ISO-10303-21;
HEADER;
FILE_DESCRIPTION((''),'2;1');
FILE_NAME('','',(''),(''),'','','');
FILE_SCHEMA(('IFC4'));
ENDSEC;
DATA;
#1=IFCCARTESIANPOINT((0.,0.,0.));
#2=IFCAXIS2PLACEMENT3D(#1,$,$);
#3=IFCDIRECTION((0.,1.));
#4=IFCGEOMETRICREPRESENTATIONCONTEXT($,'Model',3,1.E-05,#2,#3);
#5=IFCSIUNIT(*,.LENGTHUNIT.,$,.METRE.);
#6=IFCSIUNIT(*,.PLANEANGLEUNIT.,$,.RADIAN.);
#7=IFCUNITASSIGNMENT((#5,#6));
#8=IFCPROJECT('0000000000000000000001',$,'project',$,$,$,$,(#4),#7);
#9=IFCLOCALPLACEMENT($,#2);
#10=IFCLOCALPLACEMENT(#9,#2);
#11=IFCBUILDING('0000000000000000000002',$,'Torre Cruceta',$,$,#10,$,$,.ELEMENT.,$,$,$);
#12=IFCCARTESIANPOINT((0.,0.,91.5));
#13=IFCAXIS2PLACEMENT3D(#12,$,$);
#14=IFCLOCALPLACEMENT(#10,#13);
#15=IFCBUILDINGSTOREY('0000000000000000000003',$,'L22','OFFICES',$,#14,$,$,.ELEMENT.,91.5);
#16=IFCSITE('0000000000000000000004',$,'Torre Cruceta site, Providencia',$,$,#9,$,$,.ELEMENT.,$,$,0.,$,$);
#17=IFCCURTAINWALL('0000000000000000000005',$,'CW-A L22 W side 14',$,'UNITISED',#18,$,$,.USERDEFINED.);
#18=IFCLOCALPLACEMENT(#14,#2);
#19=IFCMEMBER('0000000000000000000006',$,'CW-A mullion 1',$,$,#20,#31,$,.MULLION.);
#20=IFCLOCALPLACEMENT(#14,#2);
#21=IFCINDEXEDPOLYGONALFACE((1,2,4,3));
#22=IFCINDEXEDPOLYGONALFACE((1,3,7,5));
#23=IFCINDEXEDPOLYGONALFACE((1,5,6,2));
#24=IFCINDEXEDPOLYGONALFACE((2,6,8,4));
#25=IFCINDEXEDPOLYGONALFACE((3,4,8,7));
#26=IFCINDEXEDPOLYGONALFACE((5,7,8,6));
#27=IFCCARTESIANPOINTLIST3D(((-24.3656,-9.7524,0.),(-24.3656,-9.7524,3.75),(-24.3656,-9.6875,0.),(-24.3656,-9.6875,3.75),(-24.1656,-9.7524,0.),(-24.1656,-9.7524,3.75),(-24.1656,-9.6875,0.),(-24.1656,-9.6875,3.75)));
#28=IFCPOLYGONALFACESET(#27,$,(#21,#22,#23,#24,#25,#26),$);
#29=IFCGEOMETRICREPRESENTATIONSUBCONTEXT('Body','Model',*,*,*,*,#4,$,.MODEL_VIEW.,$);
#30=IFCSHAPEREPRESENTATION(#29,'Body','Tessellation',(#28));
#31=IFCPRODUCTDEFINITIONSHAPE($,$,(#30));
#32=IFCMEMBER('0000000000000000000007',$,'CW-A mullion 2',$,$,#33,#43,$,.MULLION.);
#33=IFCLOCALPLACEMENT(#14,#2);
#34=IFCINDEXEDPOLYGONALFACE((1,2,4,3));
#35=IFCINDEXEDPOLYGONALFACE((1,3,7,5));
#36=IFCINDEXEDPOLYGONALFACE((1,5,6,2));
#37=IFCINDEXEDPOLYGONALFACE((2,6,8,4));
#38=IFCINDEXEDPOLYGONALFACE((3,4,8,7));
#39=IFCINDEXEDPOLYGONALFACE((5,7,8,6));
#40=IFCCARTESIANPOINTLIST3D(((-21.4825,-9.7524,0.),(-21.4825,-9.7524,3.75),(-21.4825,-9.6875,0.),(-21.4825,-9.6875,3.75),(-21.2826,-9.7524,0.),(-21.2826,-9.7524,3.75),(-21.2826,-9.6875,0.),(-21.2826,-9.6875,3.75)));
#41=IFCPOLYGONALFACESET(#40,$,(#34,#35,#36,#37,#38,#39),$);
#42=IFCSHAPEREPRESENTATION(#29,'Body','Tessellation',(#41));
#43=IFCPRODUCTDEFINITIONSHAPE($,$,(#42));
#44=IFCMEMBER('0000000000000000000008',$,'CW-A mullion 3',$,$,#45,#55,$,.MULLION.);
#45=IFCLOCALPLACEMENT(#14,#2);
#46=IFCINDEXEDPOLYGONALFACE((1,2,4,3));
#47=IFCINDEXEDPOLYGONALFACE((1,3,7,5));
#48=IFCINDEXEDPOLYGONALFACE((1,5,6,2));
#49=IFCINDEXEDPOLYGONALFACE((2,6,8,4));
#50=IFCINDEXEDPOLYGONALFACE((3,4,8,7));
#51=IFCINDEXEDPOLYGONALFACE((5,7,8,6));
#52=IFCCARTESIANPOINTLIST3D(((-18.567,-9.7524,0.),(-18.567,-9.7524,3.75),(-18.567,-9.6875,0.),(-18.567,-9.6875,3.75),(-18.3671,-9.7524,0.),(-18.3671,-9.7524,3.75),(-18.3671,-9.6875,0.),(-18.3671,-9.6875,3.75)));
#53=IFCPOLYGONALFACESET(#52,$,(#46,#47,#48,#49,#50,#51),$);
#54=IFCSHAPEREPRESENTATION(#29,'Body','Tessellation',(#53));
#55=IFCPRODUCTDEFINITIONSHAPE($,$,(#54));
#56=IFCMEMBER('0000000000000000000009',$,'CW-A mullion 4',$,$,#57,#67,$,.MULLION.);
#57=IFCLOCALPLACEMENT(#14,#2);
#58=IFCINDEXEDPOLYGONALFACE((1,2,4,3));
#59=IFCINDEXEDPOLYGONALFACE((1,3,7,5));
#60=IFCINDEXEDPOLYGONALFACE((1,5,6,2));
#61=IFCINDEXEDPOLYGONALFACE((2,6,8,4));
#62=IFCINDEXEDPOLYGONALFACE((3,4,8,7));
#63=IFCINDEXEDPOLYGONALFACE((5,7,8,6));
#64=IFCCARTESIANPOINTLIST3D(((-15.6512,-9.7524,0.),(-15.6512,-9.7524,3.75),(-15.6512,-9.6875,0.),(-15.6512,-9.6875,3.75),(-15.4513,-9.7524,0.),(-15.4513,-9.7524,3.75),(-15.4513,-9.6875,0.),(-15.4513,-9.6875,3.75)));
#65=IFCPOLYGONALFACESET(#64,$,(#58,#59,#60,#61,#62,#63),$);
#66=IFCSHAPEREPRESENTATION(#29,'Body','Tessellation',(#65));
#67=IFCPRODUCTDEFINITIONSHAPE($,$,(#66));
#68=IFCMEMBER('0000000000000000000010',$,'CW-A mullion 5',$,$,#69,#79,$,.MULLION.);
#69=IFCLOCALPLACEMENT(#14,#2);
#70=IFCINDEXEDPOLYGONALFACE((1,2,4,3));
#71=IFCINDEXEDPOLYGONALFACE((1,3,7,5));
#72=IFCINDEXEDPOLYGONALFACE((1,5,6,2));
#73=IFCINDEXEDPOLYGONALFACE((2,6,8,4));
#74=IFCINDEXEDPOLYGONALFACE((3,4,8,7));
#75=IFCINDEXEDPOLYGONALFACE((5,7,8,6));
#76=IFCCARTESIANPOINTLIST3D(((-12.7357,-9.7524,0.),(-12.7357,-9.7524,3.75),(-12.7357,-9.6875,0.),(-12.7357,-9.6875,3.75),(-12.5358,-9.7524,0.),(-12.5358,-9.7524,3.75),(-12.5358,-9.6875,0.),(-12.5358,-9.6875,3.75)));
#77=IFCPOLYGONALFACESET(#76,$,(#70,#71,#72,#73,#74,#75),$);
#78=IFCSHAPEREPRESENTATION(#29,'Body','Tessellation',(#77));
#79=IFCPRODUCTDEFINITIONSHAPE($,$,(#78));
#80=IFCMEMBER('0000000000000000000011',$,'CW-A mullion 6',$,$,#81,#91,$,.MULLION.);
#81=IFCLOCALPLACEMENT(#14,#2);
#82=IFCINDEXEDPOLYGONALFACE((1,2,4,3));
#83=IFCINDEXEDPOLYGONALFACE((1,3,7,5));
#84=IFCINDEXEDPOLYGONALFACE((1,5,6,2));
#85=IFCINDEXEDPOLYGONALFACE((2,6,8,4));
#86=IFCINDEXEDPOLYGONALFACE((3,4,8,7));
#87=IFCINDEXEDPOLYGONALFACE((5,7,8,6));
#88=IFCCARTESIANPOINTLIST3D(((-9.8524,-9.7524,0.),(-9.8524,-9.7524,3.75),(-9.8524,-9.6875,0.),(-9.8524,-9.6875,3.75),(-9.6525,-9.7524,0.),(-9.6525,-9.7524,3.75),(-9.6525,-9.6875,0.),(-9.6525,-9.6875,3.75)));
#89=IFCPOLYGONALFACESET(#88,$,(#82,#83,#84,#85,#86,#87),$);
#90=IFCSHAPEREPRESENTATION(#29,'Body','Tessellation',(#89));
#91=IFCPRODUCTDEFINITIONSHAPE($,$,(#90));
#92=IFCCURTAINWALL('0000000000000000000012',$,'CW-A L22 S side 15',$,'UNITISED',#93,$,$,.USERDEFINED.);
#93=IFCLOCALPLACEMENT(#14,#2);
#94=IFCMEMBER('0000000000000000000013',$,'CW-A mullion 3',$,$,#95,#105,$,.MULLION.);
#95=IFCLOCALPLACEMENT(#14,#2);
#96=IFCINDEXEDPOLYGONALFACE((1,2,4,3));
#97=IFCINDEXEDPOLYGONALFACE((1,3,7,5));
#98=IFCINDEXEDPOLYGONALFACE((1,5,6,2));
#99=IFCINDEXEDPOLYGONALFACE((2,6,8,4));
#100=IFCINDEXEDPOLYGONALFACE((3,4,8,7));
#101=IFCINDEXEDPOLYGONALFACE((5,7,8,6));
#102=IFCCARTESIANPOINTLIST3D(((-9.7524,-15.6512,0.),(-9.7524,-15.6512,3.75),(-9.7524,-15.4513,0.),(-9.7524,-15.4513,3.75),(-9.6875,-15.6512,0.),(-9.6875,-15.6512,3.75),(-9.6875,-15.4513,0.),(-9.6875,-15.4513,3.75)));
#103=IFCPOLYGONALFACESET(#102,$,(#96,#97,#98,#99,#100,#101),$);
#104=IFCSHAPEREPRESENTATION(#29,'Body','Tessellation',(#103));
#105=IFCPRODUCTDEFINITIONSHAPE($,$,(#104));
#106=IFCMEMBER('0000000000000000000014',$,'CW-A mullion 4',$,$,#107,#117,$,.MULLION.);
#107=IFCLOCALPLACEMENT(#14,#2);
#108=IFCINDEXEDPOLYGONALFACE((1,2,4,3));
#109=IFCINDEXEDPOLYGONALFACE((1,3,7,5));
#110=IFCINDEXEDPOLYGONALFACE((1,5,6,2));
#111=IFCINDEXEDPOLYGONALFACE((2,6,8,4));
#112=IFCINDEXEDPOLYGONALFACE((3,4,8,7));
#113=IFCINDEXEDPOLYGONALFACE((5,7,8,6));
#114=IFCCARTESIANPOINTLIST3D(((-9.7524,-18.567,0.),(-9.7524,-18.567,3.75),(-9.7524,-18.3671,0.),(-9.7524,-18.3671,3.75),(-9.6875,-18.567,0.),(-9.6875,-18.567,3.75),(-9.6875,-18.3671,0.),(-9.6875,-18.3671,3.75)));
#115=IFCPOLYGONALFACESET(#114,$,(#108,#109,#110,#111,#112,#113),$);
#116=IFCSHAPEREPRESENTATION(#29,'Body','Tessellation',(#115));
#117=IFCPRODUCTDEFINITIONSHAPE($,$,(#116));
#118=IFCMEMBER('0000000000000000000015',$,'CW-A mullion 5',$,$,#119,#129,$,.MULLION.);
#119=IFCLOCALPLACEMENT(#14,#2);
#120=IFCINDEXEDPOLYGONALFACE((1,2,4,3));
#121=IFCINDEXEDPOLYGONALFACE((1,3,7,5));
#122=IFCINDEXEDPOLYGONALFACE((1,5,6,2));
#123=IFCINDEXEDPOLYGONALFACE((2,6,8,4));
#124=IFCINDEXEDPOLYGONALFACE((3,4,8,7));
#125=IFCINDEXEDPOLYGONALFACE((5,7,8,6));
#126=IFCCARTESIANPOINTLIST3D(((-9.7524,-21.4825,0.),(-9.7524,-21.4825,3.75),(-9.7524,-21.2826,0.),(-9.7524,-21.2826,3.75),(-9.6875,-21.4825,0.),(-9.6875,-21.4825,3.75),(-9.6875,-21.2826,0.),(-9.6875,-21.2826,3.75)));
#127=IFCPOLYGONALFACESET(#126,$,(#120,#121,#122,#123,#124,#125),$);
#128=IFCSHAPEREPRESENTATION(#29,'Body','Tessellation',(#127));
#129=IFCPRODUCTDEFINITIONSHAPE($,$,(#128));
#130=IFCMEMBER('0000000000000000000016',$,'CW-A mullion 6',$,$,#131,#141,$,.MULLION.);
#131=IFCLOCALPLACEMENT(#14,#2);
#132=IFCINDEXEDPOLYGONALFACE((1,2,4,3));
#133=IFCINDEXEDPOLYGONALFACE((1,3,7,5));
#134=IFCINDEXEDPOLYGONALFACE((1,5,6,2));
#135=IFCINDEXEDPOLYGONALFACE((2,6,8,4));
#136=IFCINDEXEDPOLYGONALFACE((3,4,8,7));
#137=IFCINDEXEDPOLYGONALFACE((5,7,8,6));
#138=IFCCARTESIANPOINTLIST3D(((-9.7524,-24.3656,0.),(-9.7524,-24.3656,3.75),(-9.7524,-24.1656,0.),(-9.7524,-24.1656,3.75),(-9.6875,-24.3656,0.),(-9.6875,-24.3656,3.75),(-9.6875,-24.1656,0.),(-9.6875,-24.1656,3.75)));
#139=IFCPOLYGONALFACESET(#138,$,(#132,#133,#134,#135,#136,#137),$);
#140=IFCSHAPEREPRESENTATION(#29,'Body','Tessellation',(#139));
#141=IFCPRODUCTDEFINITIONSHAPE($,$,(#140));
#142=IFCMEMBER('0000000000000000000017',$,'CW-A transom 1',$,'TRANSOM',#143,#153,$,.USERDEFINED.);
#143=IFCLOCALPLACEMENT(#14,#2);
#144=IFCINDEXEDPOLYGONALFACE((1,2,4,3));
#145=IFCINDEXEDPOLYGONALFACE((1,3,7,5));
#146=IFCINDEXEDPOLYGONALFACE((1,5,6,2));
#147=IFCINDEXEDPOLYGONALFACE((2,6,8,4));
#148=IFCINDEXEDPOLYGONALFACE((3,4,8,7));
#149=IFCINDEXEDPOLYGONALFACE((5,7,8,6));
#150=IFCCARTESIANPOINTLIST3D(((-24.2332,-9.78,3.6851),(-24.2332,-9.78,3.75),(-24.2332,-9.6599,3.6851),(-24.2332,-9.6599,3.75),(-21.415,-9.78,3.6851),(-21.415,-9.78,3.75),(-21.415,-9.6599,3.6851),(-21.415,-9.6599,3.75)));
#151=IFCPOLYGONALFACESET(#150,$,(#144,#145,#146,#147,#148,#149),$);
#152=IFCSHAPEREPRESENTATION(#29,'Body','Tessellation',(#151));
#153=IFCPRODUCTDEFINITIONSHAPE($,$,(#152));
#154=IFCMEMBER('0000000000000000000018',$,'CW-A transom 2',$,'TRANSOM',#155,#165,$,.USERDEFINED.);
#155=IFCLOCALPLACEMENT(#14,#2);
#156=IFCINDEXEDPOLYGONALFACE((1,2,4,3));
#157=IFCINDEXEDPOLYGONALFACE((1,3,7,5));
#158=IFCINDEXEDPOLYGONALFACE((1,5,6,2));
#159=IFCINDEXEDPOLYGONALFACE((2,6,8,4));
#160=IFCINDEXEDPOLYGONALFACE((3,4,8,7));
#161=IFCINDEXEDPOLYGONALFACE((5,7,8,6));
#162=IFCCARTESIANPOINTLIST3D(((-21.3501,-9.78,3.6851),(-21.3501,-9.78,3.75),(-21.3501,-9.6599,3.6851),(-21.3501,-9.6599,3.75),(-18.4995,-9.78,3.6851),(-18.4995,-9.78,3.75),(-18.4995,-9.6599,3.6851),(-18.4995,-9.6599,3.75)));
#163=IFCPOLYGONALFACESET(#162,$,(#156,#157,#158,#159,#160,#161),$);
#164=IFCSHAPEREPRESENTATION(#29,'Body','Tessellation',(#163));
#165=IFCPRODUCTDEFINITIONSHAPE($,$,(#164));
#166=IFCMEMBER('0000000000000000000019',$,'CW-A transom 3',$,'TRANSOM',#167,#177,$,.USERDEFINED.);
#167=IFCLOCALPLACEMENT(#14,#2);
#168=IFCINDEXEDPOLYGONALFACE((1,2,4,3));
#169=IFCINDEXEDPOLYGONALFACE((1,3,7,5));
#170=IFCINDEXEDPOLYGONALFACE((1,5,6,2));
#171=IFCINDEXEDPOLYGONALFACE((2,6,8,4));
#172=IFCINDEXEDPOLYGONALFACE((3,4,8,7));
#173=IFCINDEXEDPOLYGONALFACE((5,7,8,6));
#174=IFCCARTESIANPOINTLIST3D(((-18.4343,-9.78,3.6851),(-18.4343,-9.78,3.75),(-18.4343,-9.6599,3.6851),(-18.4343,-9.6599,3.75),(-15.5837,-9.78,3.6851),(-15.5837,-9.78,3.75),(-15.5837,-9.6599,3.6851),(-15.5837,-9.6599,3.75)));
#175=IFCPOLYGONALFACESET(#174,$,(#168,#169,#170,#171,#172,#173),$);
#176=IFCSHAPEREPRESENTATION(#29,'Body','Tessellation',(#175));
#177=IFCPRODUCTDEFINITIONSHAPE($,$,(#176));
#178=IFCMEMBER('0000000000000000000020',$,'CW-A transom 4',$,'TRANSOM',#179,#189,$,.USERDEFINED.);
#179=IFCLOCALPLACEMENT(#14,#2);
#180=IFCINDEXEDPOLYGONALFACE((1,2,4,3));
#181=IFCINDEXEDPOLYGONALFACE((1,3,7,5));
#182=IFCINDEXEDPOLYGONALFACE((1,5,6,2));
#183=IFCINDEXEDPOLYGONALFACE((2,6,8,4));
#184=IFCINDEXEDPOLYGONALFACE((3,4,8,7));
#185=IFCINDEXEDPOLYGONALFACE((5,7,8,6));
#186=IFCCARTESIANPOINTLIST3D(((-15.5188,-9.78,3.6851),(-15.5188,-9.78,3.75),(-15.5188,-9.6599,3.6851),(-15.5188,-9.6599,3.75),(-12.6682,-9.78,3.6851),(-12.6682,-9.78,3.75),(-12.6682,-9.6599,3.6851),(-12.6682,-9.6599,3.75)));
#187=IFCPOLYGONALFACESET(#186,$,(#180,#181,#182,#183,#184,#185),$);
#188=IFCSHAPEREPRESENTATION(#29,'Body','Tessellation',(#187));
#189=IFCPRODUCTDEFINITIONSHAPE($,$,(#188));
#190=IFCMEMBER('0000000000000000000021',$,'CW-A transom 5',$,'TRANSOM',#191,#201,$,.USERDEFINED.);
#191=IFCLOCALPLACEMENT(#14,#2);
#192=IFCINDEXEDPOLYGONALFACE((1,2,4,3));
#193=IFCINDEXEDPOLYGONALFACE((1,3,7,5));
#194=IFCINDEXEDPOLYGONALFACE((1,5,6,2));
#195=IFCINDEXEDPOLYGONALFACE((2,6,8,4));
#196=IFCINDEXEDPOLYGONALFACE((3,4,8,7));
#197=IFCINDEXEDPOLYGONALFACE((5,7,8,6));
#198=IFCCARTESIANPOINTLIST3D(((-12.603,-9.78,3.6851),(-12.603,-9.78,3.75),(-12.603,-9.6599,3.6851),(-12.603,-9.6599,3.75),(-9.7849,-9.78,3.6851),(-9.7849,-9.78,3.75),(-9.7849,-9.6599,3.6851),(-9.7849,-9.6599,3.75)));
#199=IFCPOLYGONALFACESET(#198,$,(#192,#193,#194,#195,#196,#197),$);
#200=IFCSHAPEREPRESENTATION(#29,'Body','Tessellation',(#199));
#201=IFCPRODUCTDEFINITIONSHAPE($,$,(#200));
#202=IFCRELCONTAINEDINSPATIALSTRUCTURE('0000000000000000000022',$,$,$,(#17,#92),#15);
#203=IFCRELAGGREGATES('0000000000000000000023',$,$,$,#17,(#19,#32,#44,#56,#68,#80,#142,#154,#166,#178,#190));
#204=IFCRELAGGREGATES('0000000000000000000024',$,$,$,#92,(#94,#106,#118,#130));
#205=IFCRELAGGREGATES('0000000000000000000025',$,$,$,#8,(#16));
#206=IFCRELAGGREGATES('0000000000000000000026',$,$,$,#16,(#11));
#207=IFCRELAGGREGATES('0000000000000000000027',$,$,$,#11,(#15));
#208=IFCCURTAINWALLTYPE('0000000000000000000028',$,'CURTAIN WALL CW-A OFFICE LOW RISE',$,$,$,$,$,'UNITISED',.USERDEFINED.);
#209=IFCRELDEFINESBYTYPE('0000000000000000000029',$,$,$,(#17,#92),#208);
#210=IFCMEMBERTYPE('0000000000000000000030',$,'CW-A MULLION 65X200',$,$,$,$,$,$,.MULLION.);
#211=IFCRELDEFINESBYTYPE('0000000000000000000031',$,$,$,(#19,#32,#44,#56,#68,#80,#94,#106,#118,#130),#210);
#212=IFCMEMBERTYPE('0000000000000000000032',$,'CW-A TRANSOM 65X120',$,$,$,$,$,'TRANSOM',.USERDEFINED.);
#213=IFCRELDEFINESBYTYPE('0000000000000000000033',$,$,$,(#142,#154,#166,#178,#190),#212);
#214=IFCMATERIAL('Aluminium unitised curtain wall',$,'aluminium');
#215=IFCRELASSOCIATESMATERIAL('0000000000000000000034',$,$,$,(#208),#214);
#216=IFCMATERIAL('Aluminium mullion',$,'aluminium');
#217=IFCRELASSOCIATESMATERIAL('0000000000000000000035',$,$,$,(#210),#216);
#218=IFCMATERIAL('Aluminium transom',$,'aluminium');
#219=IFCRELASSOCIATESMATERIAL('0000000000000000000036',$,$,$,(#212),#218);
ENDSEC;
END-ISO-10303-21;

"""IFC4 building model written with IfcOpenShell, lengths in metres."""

from ifc_helpers import new_model, si_unit, direction, frame, origin, origin_2d, place, context, subcontext, project, spatial, rectangle, extrude, material, material_profile, profile_set, type_object, element, aggregate, save


model = new_model("IFC4")

# Units and contexts
model_context = context("Model", 3, precision=1e-05, world=origin(), true_north=direction((0.0, 1.0)))
body_context = subcontext(model_context, "Body", "Model", "MODEL_VIEW")
ifc_project = project(units=[si_unit("LENGTHUNIT", "METRE"), si_unit("PLANEANGLEUNIT", "RADIAN")], contexts=[model_context])

# Site, building, storey
site_placement = place(None, origin())
site = spatial("IfcSite", under=ifc_project, at=site_placement, Name="Torre Cruceta site, Providencia", CompositionType="ELEMENT", RefElevation=0.0)
building_placement = place(site_placement, origin())
building = spatial("IfcBuilding", under=site, at=building_placement, Name="Torre Cruceta", CompositionType="ELEMENT")
storey_placement = place(building_placement, frame((0.0, 0.0, 91.5)))
storey = spatial("IfcBuildingStorey", under=building, at=storey_placement, Name="L22", Description="OFFICES", CompositionType="ELEMENT", Elevation=91.5)

# Curtain walls, members
ifc_material_1 = material(Name="Aluminium unitised curtain wall", Category="aluminium")
curtain_wall_type = type_object("IfcCurtainWallType", Name="CURTAIN WALL CW-A OFFICE LOW RISE", ElementType="UNITISED", PredefinedType="USERDEFINED", material=ifc_material_1)
curtain_wall_1_placement = place(storey_placement, origin())
curtain_wall_1 = element("IfcCurtainWall", 1, at=curtain_wall_1_placement, inside=storey, type_object=curtain_wall_type, Name="CW-A L22 W side 14", ObjectType="UNITISED", PredefinedType="USERDEFINED")
ifc_material_2 = material(Name="Aluminium mullion", Category="aluminium")
ifc_material_profile_1 = material_profile(ifc_material_2, rectangle(XDim=0.0649, YDim=0.2, at=origin_2d()), Name="AL 65X200")
ifc_profile_set_1 = profile_set([ifc_material_profile_1], Name="Aluminium mullion")
member_type_1 = type_object("IfcMemberType", Name="CW-A MULLION 65X200", PredefinedType="MULLION", material=ifc_profile_set_1)
member_1_placement = place(storey_placement, frame((-24.2656, -9.72, 0.0), z_axis=(0.0, 0.0, 1.0), x_axis=(0.0, 1.0, 0.0)))
member_1 = element("IfcMember", 2, at=member_1_placement, type_object=member_type_1, Name="CW-A mullion 1", PredefinedType="MULLION", context=body_context, shape_type="SweptSolid", body=[
    extrude(rectangle(XDim=0.0649, YDim=0.2, at=origin_2d()), origin(), (0.0, 0.0, 1.0), 3.75),
])
member_2_placement = place(storey_placement, frame((-21.3826, -9.72, 0.0), z_axis=(0.0, 0.0, 1.0), x_axis=(0.0, 1.0, 0.0)))
member_2 = element("IfcMember", 3, at=member_2_placement, type_object=member_type_1, Name="CW-A mullion 2", PredefinedType="MULLION", context=body_context, shape_type="SweptSolid", body=[
    extrude(rectangle(XDim=0.0649, YDim=0.2, at=origin_2d()), origin(), (0.0, 0.0, 1.0), 3.75),
])
member_3_placement = place(storey_placement, frame((-18.467, -9.72, 0.0), z_axis=(0.0, 0.0, 1.0), x_axis=(0.0, 1.0, 0.0)))
member_3 = element("IfcMember", 4, at=member_3_placement, type_object=member_type_1, Name="CW-A mullion 3", PredefinedType="MULLION", context=body_context, shape_type="SweptSolid", body=[
    extrude(rectangle(XDim=0.0649, YDim=0.2, at=origin_2d()), origin(), (0.0, 0.0, 1.0), 3.75),
])
member_4_placement = place(storey_placement, frame((-15.5513, -9.72, 0.0), z_axis=(0.0, 0.0, 1.0), x_axis=(0.0, 1.0, 0.0)))
member_4 = element("IfcMember", 5, at=member_4_placement, type_object=member_type_1, Name="CW-A mullion 4", PredefinedType="MULLION", context=body_context, shape_type="SweptSolid", body=[
    extrude(rectangle(XDim=0.0649, YDim=0.2, at=origin_2d()), origin(), (0.0, 0.0, 1.0), 3.75),
])
member_5_placement = place(storey_placement, frame((-12.6357, -9.72, 0.0), z_axis=(0.0, 0.0, 1.0), x_axis=(0.0, 1.0, 0.0)))
member_5 = element("IfcMember", 6, at=member_5_placement, type_object=member_type_1, Name="CW-A mullion 5", PredefinedType="MULLION", context=body_context, shape_type="SweptSolid", body=[
    extrude(rectangle(XDim=0.0649, YDim=0.2, at=origin_2d()), origin(), (0.0, 0.0, 1.0), 3.75),
])
member_6_placement = place(storey_placement, frame((-9.7524, -9.72, 0.0), z_axis=(0.0, 0.0, 1.0), x_axis=(0.0, 1.0, 0.0)))
member_6 = element("IfcMember", 7, at=member_6_placement, type_object=member_type_1, Name="CW-A mullion 6", PredefinedType="MULLION", context=body_context, shape_type="SweptSolid", body=[
    extrude(rectangle(XDim=0.0649, YDim=0.2, at=origin_2d()), origin(), (0.0, 0.0, 1.0), 3.75),
])
curtain_wall_2_placement = place(storey_placement, origin())
curtain_wall_2 = element("IfcCurtainWall", 8, at=curtain_wall_2_placement, inside=storey, type_object=curtain_wall_type, Name="CW-A L22 S side 15", ObjectType="UNITISED", PredefinedType="USERDEFINED")
member_7_placement = place(storey_placement, frame((-9.72, -15.5513, 0.0), z_axis=(0.0, 0.0, 1.0), x_axis=(1.0, 0.0, 0.0)))
member_7 = element("IfcMember", 9, at=member_7_placement, type_object=member_type_1, Name="CW-A mullion 3", PredefinedType="MULLION", context=body_context, shape_type="SweptSolid", body=[
    extrude(rectangle(XDim=0.0649, YDim=0.2, at=origin_2d()), origin(), (0.0, 0.0, 1.0), 3.75),
])
member_8_placement = place(storey_placement, frame((-9.72, -18.467, 0.0), z_axis=(0.0, 0.0, 1.0), x_axis=(1.0, 0.0, 0.0)))
member_8 = element("IfcMember", 10, at=member_8_placement, type_object=member_type_1, Name="CW-A mullion 4", PredefinedType="MULLION", context=body_context, shape_type="SweptSolid", body=[
    extrude(rectangle(XDim=0.0649, YDim=0.2, at=origin_2d()), origin(), (0.0, 0.0, 1.0), 3.75),
])
member_9_placement = place(storey_placement, frame((-9.72, -21.3826, 0.0), z_axis=(0.0, 0.0, 1.0), x_axis=(1.0, 0.0, 0.0)))
member_9 = element("IfcMember", 11, at=member_9_placement, type_object=member_type_1, Name="CW-A mullion 5", PredefinedType="MULLION", context=body_context, shape_type="SweptSolid", body=[
    extrude(rectangle(XDim=0.0649, YDim=0.2, at=origin_2d()), origin(), (0.0, 0.0, 1.0), 3.75),
])
member_10_placement = place(storey_placement, frame((-9.72, -24.2656, 0.0), z_axis=(0.0, 0.0, 1.0), x_axis=(1.0, 0.0, 0.0)))
member_10 = element("IfcMember", 12, at=member_10_placement, type_object=member_type_1, Name="CW-A mullion 6", PredefinedType="MULLION", context=body_context, shape_type="SweptSolid", body=[
    extrude(rectangle(XDim=0.0649, YDim=0.2, at=origin_2d()), origin(), (0.0, 0.0, 1.0), 3.75),
])

# Members
ifc_material_3 = material(Name="Aluminium transom", Category="aluminium")
ifc_material_profile_2 = material_profile(ifc_material_3, rectangle(XDim=0.1201, YDim=0.0649, at=origin_2d()), Name="AL 120X65")
ifc_profile_set_2 = profile_set([ifc_material_profile_2], Name="Aluminium transom")
member_type_2 = type_object("IfcMemberType", Name="CW-A TRANSOM 65X120", ElementType="TRANSOM", PredefinedType="USERDEFINED", material=ifc_profile_set_2)
member_11_placement = place(storey_placement, frame((-24.2332, -9.72, 3.7175), z_axis=(1.0, 0.0, 0.0), x_axis=(0.0, 1.0, 0.0)))
member_11 = element("IfcMember", 13, at=member_11_placement, type_object=member_type_2, Name="CW-A transom 1", ObjectType="TRANSOM", PredefinedType="USERDEFINED", context=body_context, shape_type="SweptSolid", body=[
    extrude(rectangle(XDim=0.1201, YDim=0.0649, at=origin_2d()), origin(), (0.0, 0.0, 1.0), 2.8181),
])
member_12_placement = place(storey_placement, frame((-21.3501, -9.72, 3.7175), z_axis=(1.0, 0.0, 0.0), x_axis=(0.0, 1.0, 0.0)))
member_12 = element("IfcMember", 14, at=member_12_placement, type_object=member_type_2, Name="CW-A transom 2", ObjectType="TRANSOM", PredefinedType="USERDEFINED", context=body_context, shape_type="SweptSolid", body=[
    extrude(rectangle(XDim=0.1201, YDim=0.0649, at=origin_2d()), origin(), (0.0, 0.0, 1.0), 2.8506),
])
member_13_placement = place(storey_placement, frame((-18.4343, -9.72, 3.7175), z_axis=(1.0, 0.0, 0.0), x_axis=(0.0, 1.0, 0.0)))
member_13 = element("IfcMember", 15, at=member_13_placement, type_object=member_type_2, Name="CW-A transom 3", ObjectType="TRANSOM", PredefinedType="USERDEFINED", context=body_context, shape_type="SweptSolid", body=[
    extrude(rectangle(XDim=0.1201, YDim=0.0649, at=origin_2d()), origin(), (0.0, 0.0, 1.0), 2.8506),
])
member_14_placement = place(storey_placement, frame((-15.5188, -9.72, 3.7175), z_axis=(1.0, 0.0, 0.0), x_axis=(0.0, 1.0, 0.0)))
member_14 = element("IfcMember", 16, at=member_14_placement, type_object=member_type_2, Name="CW-A transom 4", ObjectType="TRANSOM", PredefinedType="USERDEFINED", context=body_context, shape_type="SweptSolid", body=[
    extrude(rectangle(XDim=0.1201, YDim=0.0649, at=origin_2d()), origin(), (0.0, 0.0, 1.0), 2.8506),
])
member_15_placement = place(storey_placement, frame((-12.603, -9.72, 3.7175), z_axis=(1.0, 0.0, 0.0), x_axis=(0.0, 1.0, 0.0)))
member_15 = element("IfcMember", 17, at=member_15_placement, type_object=member_type_2, Name="CW-A transom 5", ObjectType="TRANSOM", PredefinedType="USERDEFINED", context=body_context, shape_type="SweptSolid", body=[
    extrude(rectangle(XDim=0.1201, YDim=0.0649, at=origin_2d()), origin(), (0.0, 0.0, 1.0), 2.8181),
])

aggregate(curtain_wall_1, [member_1, member_2, member_3, member_4, member_5, member_6, member_11, member_12, member_13, member_14, member_15])
aggregate(curtain_wall_2, [member_7, member_8, member_9, member_10])

save(model, "model.ifc")
